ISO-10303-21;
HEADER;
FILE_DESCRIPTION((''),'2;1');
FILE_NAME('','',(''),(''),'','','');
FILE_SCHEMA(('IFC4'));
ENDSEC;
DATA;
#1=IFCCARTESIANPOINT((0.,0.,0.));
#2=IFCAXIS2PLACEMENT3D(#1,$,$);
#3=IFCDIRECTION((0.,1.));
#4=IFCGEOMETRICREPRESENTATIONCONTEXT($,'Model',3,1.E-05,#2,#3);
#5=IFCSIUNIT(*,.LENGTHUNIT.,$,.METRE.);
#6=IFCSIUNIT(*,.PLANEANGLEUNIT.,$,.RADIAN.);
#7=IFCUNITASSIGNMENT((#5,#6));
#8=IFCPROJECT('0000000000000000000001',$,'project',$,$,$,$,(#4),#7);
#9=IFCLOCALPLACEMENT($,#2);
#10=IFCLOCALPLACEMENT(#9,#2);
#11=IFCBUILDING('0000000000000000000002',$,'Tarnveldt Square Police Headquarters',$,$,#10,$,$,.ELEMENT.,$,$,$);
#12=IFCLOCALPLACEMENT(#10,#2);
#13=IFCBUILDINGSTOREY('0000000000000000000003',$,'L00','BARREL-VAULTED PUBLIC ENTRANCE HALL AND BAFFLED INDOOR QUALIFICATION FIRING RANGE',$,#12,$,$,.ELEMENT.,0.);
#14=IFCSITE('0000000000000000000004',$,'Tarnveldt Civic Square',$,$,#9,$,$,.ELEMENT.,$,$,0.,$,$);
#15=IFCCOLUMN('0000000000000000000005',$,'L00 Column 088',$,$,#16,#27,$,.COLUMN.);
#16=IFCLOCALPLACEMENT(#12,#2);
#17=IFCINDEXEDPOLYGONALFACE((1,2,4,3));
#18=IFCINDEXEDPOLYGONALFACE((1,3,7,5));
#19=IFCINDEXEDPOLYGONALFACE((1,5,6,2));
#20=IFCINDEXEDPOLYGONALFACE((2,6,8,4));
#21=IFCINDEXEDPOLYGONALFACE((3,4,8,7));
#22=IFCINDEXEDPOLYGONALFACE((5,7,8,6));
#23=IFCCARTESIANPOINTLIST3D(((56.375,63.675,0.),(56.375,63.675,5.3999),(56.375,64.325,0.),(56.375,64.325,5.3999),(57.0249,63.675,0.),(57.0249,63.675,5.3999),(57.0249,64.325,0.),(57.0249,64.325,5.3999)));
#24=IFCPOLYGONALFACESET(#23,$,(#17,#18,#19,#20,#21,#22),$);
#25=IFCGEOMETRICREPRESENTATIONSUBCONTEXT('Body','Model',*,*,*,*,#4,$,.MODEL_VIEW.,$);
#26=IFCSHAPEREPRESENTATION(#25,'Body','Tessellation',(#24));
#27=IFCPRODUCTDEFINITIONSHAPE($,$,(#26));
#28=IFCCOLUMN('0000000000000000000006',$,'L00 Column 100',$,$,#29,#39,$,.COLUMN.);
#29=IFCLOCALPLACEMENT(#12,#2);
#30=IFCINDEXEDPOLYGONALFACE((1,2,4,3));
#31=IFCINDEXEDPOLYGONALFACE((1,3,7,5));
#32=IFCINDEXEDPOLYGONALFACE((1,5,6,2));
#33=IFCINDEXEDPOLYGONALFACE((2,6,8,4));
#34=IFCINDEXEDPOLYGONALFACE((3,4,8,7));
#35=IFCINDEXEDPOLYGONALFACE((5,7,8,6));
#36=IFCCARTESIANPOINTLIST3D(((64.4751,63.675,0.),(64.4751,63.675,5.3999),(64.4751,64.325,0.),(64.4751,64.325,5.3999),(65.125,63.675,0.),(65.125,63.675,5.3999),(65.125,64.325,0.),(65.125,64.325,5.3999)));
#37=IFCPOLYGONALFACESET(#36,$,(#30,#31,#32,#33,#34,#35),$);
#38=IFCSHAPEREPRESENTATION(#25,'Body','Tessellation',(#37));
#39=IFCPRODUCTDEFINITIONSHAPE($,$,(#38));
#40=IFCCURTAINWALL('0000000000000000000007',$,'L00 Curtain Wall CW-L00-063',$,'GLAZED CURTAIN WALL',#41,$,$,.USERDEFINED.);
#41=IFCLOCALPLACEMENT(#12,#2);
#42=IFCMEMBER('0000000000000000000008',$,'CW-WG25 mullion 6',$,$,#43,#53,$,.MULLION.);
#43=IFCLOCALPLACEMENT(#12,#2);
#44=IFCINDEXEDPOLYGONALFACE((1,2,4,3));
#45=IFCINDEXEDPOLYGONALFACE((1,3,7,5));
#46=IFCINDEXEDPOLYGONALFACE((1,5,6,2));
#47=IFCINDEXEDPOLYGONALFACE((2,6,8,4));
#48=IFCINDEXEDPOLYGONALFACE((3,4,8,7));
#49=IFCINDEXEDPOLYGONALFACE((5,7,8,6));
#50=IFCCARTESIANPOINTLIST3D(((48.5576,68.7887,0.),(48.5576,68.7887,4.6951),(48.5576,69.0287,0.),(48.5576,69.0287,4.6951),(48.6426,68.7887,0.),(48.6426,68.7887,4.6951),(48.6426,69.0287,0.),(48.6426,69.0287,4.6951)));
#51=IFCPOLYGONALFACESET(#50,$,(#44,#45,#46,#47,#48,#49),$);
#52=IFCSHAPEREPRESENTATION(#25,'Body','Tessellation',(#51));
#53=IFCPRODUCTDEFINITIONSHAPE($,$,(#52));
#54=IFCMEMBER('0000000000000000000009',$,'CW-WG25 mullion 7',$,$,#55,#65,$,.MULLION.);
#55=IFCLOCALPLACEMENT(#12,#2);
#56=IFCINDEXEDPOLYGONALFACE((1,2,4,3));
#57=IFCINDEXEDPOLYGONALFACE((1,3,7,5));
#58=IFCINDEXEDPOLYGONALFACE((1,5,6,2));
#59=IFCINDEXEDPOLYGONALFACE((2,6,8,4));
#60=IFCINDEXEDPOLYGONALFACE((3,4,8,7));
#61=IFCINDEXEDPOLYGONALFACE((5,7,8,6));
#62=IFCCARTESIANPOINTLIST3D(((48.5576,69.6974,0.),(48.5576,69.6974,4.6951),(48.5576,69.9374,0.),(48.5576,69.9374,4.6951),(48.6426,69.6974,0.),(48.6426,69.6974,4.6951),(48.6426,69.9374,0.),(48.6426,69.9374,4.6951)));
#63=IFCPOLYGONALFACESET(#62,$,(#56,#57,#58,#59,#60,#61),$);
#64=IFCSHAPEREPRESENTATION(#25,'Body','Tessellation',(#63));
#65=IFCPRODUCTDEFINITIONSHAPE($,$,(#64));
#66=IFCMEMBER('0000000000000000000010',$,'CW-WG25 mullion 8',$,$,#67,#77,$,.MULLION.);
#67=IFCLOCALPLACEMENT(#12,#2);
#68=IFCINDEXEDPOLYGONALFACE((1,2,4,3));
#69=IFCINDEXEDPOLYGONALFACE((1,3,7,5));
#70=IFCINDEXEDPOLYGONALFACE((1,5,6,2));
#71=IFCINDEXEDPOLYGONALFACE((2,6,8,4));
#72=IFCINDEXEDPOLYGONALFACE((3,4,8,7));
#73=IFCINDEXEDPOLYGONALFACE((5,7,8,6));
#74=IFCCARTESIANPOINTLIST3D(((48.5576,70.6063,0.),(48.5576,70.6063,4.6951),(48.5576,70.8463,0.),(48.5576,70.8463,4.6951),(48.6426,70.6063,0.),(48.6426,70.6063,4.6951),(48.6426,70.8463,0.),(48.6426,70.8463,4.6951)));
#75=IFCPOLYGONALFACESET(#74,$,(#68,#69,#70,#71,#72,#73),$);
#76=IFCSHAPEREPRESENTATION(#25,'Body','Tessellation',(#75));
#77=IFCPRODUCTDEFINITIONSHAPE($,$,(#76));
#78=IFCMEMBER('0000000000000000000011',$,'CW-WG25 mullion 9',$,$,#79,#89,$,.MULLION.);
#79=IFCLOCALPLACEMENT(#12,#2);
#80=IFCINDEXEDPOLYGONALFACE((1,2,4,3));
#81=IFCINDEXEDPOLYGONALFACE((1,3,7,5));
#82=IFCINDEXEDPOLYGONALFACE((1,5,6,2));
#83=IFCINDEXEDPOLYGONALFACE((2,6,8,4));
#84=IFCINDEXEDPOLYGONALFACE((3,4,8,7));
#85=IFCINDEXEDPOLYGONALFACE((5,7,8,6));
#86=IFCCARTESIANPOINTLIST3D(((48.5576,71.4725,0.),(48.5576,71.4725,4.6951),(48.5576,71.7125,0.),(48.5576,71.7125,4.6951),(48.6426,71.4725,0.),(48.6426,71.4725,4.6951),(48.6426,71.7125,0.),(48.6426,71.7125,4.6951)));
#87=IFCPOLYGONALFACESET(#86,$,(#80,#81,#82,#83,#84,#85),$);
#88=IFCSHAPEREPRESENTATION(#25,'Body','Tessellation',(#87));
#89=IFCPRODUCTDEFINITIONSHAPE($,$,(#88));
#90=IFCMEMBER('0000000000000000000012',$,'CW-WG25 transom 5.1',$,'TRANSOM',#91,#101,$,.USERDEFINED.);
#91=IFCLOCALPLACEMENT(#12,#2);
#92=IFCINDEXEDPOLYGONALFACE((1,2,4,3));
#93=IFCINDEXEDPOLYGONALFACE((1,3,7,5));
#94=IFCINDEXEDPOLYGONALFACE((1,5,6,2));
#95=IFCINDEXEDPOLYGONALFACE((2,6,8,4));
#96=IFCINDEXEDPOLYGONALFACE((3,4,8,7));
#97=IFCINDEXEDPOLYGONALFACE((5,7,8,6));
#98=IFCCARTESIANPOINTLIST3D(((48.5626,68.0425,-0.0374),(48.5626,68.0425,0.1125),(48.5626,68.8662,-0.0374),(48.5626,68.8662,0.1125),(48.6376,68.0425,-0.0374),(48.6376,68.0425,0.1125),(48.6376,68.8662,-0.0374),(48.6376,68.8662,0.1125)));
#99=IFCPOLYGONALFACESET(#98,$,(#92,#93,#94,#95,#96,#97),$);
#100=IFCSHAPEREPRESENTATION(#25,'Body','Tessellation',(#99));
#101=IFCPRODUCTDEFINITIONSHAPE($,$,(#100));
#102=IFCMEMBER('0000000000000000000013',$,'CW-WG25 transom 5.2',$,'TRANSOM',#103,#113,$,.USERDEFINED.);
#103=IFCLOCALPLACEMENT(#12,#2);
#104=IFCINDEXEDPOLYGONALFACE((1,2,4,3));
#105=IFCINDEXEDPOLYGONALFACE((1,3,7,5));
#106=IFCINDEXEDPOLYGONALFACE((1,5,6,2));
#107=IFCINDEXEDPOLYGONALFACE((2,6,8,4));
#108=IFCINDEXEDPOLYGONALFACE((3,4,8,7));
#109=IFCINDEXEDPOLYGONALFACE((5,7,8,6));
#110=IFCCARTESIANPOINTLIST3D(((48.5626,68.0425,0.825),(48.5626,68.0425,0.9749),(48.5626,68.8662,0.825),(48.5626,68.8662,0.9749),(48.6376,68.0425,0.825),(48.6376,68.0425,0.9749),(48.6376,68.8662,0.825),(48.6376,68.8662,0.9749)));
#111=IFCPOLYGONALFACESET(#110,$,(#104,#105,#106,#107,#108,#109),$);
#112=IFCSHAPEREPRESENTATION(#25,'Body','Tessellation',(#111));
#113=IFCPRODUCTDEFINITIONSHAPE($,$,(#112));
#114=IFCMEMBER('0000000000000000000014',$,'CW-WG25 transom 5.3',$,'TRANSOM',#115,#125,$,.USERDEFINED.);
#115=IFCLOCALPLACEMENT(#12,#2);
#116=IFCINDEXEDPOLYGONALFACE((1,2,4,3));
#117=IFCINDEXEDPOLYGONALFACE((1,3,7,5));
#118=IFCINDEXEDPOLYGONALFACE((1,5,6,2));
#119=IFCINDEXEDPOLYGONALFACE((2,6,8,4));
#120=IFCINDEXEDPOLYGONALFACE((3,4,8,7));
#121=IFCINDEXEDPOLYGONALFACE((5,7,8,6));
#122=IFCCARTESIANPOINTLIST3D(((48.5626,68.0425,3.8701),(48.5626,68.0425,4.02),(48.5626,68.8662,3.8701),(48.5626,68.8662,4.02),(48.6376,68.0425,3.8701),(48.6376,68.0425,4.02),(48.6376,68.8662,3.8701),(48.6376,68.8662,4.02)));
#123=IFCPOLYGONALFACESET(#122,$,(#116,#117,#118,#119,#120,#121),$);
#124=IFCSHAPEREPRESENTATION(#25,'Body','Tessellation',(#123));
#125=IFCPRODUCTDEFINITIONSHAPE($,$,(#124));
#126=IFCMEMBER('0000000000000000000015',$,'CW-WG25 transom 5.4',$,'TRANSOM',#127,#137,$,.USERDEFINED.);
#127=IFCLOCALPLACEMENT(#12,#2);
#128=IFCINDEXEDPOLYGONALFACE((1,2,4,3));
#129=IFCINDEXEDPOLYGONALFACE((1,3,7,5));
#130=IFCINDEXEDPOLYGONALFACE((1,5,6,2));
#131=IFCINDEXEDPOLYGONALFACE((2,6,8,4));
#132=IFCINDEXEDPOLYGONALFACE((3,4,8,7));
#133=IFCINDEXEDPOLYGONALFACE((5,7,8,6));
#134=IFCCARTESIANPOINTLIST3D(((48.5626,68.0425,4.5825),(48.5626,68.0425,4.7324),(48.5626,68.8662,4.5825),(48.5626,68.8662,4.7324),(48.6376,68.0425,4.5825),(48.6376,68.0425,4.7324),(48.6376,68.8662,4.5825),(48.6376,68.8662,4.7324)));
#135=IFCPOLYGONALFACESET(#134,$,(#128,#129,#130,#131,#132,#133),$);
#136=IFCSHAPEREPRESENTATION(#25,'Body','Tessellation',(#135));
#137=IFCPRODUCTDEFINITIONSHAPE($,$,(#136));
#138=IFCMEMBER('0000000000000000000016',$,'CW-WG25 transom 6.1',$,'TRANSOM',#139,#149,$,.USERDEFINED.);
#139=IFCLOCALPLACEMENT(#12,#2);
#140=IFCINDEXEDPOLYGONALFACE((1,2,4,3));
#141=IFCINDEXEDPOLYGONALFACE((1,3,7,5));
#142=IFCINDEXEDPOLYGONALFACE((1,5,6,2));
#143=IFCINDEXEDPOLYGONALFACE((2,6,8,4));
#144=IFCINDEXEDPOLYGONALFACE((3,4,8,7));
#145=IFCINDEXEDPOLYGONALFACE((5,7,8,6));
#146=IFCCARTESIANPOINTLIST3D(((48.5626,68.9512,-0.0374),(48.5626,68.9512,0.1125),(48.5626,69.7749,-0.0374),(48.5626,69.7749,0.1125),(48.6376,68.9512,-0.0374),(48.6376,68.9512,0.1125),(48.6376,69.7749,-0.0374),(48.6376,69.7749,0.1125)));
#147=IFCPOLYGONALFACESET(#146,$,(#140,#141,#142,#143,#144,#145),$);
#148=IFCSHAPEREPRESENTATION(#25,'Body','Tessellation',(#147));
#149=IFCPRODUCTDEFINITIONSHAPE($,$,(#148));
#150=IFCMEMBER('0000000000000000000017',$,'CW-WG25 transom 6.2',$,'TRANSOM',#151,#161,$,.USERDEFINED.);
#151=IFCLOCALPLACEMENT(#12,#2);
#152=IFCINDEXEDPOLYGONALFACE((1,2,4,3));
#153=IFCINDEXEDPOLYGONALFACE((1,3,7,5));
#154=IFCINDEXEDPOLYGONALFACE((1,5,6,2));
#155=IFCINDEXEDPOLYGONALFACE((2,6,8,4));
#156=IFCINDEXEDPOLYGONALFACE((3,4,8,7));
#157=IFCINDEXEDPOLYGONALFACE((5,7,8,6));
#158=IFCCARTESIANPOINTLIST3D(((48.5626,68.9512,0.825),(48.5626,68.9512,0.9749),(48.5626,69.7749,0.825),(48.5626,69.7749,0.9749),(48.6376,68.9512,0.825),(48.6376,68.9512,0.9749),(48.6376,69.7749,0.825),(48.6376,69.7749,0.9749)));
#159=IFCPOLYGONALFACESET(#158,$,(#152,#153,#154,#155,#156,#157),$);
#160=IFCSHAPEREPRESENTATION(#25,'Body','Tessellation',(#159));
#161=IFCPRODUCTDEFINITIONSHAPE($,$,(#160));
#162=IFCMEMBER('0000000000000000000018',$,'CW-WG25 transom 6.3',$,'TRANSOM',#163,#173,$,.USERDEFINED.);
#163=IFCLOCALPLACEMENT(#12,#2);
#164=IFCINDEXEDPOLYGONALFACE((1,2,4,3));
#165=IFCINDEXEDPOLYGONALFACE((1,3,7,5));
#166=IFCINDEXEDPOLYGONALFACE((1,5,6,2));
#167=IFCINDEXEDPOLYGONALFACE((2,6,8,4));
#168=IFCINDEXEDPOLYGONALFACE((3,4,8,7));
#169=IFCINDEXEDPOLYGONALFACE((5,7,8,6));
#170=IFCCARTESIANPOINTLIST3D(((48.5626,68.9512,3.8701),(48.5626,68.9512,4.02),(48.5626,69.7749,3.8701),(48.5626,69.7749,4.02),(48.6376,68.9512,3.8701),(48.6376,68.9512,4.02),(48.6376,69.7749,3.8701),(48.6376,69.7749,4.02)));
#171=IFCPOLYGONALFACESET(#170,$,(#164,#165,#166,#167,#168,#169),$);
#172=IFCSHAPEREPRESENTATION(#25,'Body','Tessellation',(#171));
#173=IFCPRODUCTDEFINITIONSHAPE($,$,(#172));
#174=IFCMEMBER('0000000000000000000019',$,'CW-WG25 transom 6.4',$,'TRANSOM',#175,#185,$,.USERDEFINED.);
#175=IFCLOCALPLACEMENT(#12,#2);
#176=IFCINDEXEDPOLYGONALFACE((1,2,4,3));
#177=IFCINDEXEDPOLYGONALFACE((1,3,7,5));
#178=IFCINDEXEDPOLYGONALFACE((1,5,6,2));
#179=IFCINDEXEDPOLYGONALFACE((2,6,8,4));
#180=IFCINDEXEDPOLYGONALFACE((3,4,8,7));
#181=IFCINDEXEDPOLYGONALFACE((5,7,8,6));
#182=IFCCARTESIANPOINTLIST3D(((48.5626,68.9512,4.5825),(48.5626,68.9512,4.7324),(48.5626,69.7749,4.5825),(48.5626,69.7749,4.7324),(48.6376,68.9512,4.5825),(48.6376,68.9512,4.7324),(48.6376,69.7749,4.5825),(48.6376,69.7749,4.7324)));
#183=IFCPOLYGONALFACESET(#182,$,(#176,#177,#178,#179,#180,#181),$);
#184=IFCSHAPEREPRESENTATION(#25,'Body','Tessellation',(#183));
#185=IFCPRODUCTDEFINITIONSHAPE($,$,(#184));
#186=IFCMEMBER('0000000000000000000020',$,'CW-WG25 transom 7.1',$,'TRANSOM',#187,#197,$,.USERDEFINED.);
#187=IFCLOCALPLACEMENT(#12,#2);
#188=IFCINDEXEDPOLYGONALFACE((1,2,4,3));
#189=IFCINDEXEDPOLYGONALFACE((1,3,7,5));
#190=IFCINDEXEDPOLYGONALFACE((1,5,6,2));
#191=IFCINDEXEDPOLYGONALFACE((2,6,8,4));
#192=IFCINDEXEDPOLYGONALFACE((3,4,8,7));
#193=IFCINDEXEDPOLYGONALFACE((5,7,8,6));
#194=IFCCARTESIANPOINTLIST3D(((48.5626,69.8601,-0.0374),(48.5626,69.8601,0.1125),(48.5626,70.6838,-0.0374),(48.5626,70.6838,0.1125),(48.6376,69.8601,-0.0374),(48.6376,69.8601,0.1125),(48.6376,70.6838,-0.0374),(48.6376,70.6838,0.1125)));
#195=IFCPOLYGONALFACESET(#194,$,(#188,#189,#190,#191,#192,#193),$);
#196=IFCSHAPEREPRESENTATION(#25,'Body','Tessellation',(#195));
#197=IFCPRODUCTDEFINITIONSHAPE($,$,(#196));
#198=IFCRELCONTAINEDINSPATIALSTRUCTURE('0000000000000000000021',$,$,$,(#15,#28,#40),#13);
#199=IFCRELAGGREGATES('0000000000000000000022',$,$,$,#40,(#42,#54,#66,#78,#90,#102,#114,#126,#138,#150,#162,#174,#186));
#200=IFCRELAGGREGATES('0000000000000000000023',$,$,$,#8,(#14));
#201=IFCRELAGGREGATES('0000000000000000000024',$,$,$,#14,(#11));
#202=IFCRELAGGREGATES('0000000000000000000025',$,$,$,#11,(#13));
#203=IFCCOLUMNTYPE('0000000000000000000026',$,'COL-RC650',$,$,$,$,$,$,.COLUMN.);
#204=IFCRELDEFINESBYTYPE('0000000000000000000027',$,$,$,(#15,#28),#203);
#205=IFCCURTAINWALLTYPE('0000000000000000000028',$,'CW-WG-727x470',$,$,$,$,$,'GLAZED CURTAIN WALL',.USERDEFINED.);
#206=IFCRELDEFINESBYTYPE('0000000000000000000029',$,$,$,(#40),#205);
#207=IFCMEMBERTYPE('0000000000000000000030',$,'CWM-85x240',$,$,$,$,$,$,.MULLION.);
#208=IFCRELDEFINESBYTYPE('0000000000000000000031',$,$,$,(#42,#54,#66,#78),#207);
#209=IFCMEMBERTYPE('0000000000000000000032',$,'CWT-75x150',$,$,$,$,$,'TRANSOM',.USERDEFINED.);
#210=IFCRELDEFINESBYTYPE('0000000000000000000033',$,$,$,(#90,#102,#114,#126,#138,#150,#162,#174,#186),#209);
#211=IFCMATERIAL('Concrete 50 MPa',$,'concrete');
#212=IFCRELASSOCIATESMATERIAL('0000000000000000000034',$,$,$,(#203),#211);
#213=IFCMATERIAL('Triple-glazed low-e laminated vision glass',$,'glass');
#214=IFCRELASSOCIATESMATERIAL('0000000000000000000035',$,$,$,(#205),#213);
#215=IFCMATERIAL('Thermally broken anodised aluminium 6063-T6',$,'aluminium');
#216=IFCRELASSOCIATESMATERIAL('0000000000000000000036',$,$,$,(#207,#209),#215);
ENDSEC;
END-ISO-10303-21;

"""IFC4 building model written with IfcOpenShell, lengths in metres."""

from ifc_helpers import new_model, si_unit, direction, frame, origin, origin_2d, place, context, subcontext, project, spatial, rectangle, extrude, material, material_profile, profile_set, type_object, element, aggregate, save


model = new_model("IFC4")

# Units and contexts
model_context = context("Model", 3, precision=1e-05, world=origin(), true_north=direction((0.0, 1.0)))
body_context = subcontext(model_context, "Body", "Model", "MODEL_VIEW")
ifc_project = project(units=[si_unit("LENGTHUNIT", "METRE"), si_unit("PLANEANGLEUNIT", "RADIAN")], contexts=[model_context])

# Site, building, storey
site_placement = place(None, origin())
site = spatial("IfcSite", under=ifc_project, at=site_placement, Name="Tarnveldt Civic Square", CompositionType="ELEMENT", RefElevation=0.0)
building_placement = place(site_placement, origin())
building = spatial("IfcBuilding", under=site, at=building_placement, Name="Tarnveldt Square Police Headquarters", CompositionType="ELEMENT")
storey_placement = place(building_placement, origin())
storey = spatial("IfcBuildingStorey", under=building, at=storey_placement, Name="L00", Description="BARREL-VAULTED PUBLIC ENTRANCE HALL AND BAFFLED INDOOR QUALIFICATION FIRING RANGE", CompositionType="ELEMENT", Elevation=0.0)

# Columns
ifc_material_1 = material(Name="Concrete 50 MPa", Category="concrete")
ifc_material_profile_1 = material_profile(ifc_material_1, rectangle(XDim=0.6499, YDim=0.6499, at=origin_2d()), Name="RC-C650x650")
ifc_profile_set_1 = profile_set([ifc_material_profile_1], Name="Concrete 50 MPa")
column_type = type_object("IfcColumnType", Name="COL-RC650", PredefinedType="COLUMN", material=ifc_profile_set_1)
for number, where, z_axis, x_axis, name in (
    (1, (56.7, 64.0, 0.0), (0.0, 0.0, 1.0), (1.0, 0.0, 0.0), "L00 Column 088"),
    (2, (64.8, 64.0, 0.0), (0.0, 0.0, 1.0), (1.0, 0.0, 0.0), "L00 Column 100"),
):
    element("IfcColumn", number, at=place(storey_placement, frame(where, z_axis=z_axis, x_axis=x_axis)), inside=storey, type_object=column_type, Name=name, PredefinedType="COLUMN", context=body_context, shape_type="SweptSolid", body=[
        extrude(rectangle(XDim=0.6499, YDim=0.6499, at=origin_2d()), origin(), (0.0, 0.0, 1.0), 5.3999),
    ])

# Curtain wall, members
ifc_material_2 = material(Name="Triple-glazed low-e laminated vision glass", Category="glass")
curtain_wall_type = type_object("IfcCurtainWallType", Name="CW-WG-727x470", ElementType="GLAZED CURTAIN WALL", PredefinedType="USERDEFINED", material=ifc_material_2)
curtain_wall_placement = place(storey_placement, origin())
curtain_wall = element("IfcCurtainWall", 3, at=curtain_wall_placement, inside=storey, type_object=curtain_wall_type, Name="L00 Curtain Wall CW-L00-063", ObjectType="GLAZED CURTAIN WALL", PredefinedType="USERDEFINED")
ifc_material_3 = material(Name="Thermally broken anodised aluminium 6063-T6", Category="aluminium")
ifc_material_profile_2 = material_profile(ifc_material_3, rectangle(XDim=0.085, YDim=0.24, at=origin_2d()), Name="CW-M85x240")
ifc_profile_set_2 = profile_set([ifc_material_profile_2], Name="Thermally broken anodised aluminium 6063-T6")
member_type_1 = type_object("IfcMemberType", Name="CWM-85x240", PredefinedType="MULLION", material=ifc_profile_set_2)
member_1_placement = place(storey_placement, frame((48.6001, 68.9087, 0.0), z_axis=(0.0, 0.0, 1.0), x_axis=(-1.0, 0.0, 0.0)))
member_1 = element("IfcMember", 4, at=member_1_placement, type_object=member_type_1, Name="CW-WG25 mullion 6", PredefinedType="MULLION", context=body_context, shape_type="SweptSolid", body=[
    extrude(rectangle(XDim=0.085, YDim=0.24, at=origin_2d()), origin(), (0.0, 0.0, 1.0), 4.6951),
])
member_2_placement = place(storey_placement, frame((48.6001, 69.8174, 0.0), z_axis=(0.0, 0.0, 1.0), x_axis=(-1.0, 0.0, 0.0)))
member_2 = element("IfcMember", 5, at=member_2_placement, type_object=member_type_1, Name="CW-WG25 mullion 7", PredefinedType="MULLION", context=body_context, shape_type="SweptSolid", body=[
    extrude(rectangle(XDim=0.085, YDim=0.24, at=origin_2d()), origin(), (0.0, 0.0, 1.0), 4.6951),
])
member_3_placement = place(storey_placement, frame((48.6001, 70.7263, 0.0), z_axis=(0.0, 0.0, 1.0), x_axis=(-1.0, 0.0, 0.0)))
member_3 = element("IfcMember", 6, at=member_3_placement, type_object=member_type_1, Name="CW-WG25 mullion 8", PredefinedType="MULLION", context=body_context, shape_type="SweptSolid", body=[
    extrude(rectangle(XDim=0.085, YDim=0.24, at=origin_2d()), origin(), (0.0, 0.0, 1.0), 4.6951),
])
member_4_placement = place(storey_placement, frame((48.6001, 71.5925, 0.0), z_axis=(0.0, 0.0, 1.0), x_axis=(-1.0, 0.0, 0.0)))
member_4 = element("IfcMember", 7, at=member_4_placement, type_object=member_type_1, Name="CW-WG25 mullion 9", PredefinedType="MULLION", context=body_context, shape_type="SweptSolid", body=[
    extrude(rectangle(XDim=0.085, YDim=0.24, at=origin_2d()), origin(), (0.0, 0.0, 1.0), 4.6951),
])
ifc_material_profile_3 = material_profile(ifc_material_3, rectangle(XDim=0.075, YDim=0.1499, at=origin_2d()), Name="CW-T75x150")
ifc_profile_set_3 = profile_set([ifc_material_profile_3], Name="Thermally broken anodised aluminium 6063-T6")
member_type_2 = type_object("IfcMemberType", Name="CWT-75x150", ElementType="TRANSOM", PredefinedType="USERDEFINED", material=ifc_profile_set_3)
member_5_placement = place(storey_placement, frame((48.6001, 68.0425, 0.0376), z_axis=(0.0, 1.0, 0.0), x_axis=(-1.0, 0.0, 0.0)))
member_5 = element("IfcMember", 8, at=member_5_placement, type_object=member_type_2, Name="CW-WG25 transom 5.1", ObjectType="TRANSOM", PredefinedType="USERDEFINED", context=body_context, shape_type="SweptSolid", body=[
    extrude(rectangle(XDim=0.075, YDim=0.1499, at=origin_2d()), origin(), (0.0, 0.0, 1.0), 0.8237),
])
member_6_placement = place(storey_placement, frame((48.6001, 68.0425, 0.8999), z_axis=(0.0, 1.0, 0.0), x_axis=(-1.0, 0.0, 0.0)))
member_6 = element("IfcMember", 9, at=member_6_placement, type_object=member_type_2, Name="CW-WG25 transom 5.2", ObjectType="TRANSOM", PredefinedType="USERDEFINED", context=body_context, shape_type="SweptSolid", body=[
    extrude(rectangle(XDim=0.075, YDim=0.1499, at=origin_2d()), origin(), (0.0, 0.0, 1.0), 0.8237),
])
member_7_placement = place(storey_placement, frame((48.6001, 68.0425, 3.9451), z_axis=(0.0, 1.0, 0.0), x_axis=(-1.0, 0.0, 0.0)))
member_7 = element("IfcMember", 10, at=member_7_placement, type_object=member_type_2, Name="CW-WG25 transom 5.3", ObjectType="TRANSOM", PredefinedType="USERDEFINED", context=body_context, shape_type="SweptSolid", body=[
    extrude(rectangle(XDim=0.075, YDim=0.1499, at=origin_2d()), origin(), (0.0, 0.0, 1.0), 0.8237),
])
member_8_placement = place(storey_placement, frame((48.6001, 68.0425, 4.6575), z_axis=(0.0, 1.0, 0.0), x_axis=(-1.0, 0.0, 0.0)))
member_8 = element("IfcMember", 11, at=member_8_placement, type_object=member_type_2, Name="CW-WG25 transom 5.4", ObjectType="TRANSOM", PredefinedType="USERDEFINED", context=body_context, shape_type="SweptSolid", body=[
    extrude(rectangle(XDim=0.075, YDim=0.1499, at=origin_2d()), origin(), (0.0, 0.0, 1.0), 0.8237),
])
member_9_placement = place(storey_placement, frame((48.6001, 68.9512, 0.0376), z_axis=(0.0, 1.0, 0.0), x_axis=(-1.0, 0.0, 0.0)))
member_9 = element("IfcMember", 12, at=member_9_placement, type_object=member_type_2, Name="CW-WG25 transom 6.1", ObjectType="TRANSOM", PredefinedType="USERDEFINED", context=body_context, shape_type="SweptSolid", body=[
    extrude(rectangle(XDim=0.075, YDim=0.1499, at=origin_2d()), origin(), (0.0, 0.0, 1.0), 0.8237),
])
member_10_placement = place(storey_placement, frame((48.6001, 68.9512, 0.8999), z_axis=(0.0, 1.0, 0.0), x_axis=(-1.0, 0.0, 0.0)))
member_10 = element("IfcMember", 13, at=member_10_placement, type_object=member_type_2, Name="CW-WG25 transom 6.2", ObjectType="TRANSOM", PredefinedType="USERDEFINED", context=body_context, shape_type="SweptSolid", body=[
    extrude(rectangle(XDim=0.075, YDim=0.1499, at=origin_2d()), origin(), (0.0, 0.0, 1.0), 0.8237),
])
member_11_placement = place(storey_placement, frame((48.6001, 68.9512, 3.9451), z_axis=(0.0, 1.0, 0.0), x_axis=(-1.0, 0.0, 0.0)))
member_11 = element("IfcMember", 14, at=member_11_placement, type_object=member_type_2, Name="CW-WG25 transom 6.3", ObjectType="TRANSOM", PredefinedType="USERDEFINED", context=body_context, shape_type="SweptSolid", body=[
    extrude(rectangle(XDim=0.075, YDim=0.1499, at=origin_2d()), origin(), (0.0, 0.0, 1.0), 0.8237),
])
member_12_placement = place(storey_placement, frame((48.6001, 68.9512, 4.6575), z_axis=(0.0, 1.0, 0.0), x_axis=(-1.0, 0.0, 0.0)))
member_12 = element("IfcMember", 15, at=member_12_placement, type_object=member_type_2, Name="CW-WG25 transom 6.4", ObjectType="TRANSOM", PredefinedType="USERDEFINED", context=body_context, shape_type="SweptSolid", body=[
    extrude(rectangle(XDim=0.075, YDim=0.1499, at=origin_2d()), origin(), (0.0, 0.0, 1.0), 0.8237),
])
member_13_placement = place(storey_placement, frame((48.6001, 69.8601, 0.0376), z_axis=(0.0, 1.0, 0.0), x_axis=(-1.0, 0.0, 0.0)))
member_13 = element("IfcMember", 16, at=member_13_placement, type_object=member_type_2, Name="CW-WG25 transom 7.1", ObjectType="TRANSOM", PredefinedType="USERDEFINED", context=body_context, shape_type="SweptSolid", body=[
    extrude(rectangle(XDim=0.075, YDim=0.1499, at=origin_2d()), origin(), (0.0, 0.0, 1.0), 0.8237),
])
aggregate(curtain_wall, [member_1, member_2, member_3, member_4, member_5, member_6, member_7, member_8, member_9, member_10, member_11, member_12, member_13])

save(model, "model.ifc")
